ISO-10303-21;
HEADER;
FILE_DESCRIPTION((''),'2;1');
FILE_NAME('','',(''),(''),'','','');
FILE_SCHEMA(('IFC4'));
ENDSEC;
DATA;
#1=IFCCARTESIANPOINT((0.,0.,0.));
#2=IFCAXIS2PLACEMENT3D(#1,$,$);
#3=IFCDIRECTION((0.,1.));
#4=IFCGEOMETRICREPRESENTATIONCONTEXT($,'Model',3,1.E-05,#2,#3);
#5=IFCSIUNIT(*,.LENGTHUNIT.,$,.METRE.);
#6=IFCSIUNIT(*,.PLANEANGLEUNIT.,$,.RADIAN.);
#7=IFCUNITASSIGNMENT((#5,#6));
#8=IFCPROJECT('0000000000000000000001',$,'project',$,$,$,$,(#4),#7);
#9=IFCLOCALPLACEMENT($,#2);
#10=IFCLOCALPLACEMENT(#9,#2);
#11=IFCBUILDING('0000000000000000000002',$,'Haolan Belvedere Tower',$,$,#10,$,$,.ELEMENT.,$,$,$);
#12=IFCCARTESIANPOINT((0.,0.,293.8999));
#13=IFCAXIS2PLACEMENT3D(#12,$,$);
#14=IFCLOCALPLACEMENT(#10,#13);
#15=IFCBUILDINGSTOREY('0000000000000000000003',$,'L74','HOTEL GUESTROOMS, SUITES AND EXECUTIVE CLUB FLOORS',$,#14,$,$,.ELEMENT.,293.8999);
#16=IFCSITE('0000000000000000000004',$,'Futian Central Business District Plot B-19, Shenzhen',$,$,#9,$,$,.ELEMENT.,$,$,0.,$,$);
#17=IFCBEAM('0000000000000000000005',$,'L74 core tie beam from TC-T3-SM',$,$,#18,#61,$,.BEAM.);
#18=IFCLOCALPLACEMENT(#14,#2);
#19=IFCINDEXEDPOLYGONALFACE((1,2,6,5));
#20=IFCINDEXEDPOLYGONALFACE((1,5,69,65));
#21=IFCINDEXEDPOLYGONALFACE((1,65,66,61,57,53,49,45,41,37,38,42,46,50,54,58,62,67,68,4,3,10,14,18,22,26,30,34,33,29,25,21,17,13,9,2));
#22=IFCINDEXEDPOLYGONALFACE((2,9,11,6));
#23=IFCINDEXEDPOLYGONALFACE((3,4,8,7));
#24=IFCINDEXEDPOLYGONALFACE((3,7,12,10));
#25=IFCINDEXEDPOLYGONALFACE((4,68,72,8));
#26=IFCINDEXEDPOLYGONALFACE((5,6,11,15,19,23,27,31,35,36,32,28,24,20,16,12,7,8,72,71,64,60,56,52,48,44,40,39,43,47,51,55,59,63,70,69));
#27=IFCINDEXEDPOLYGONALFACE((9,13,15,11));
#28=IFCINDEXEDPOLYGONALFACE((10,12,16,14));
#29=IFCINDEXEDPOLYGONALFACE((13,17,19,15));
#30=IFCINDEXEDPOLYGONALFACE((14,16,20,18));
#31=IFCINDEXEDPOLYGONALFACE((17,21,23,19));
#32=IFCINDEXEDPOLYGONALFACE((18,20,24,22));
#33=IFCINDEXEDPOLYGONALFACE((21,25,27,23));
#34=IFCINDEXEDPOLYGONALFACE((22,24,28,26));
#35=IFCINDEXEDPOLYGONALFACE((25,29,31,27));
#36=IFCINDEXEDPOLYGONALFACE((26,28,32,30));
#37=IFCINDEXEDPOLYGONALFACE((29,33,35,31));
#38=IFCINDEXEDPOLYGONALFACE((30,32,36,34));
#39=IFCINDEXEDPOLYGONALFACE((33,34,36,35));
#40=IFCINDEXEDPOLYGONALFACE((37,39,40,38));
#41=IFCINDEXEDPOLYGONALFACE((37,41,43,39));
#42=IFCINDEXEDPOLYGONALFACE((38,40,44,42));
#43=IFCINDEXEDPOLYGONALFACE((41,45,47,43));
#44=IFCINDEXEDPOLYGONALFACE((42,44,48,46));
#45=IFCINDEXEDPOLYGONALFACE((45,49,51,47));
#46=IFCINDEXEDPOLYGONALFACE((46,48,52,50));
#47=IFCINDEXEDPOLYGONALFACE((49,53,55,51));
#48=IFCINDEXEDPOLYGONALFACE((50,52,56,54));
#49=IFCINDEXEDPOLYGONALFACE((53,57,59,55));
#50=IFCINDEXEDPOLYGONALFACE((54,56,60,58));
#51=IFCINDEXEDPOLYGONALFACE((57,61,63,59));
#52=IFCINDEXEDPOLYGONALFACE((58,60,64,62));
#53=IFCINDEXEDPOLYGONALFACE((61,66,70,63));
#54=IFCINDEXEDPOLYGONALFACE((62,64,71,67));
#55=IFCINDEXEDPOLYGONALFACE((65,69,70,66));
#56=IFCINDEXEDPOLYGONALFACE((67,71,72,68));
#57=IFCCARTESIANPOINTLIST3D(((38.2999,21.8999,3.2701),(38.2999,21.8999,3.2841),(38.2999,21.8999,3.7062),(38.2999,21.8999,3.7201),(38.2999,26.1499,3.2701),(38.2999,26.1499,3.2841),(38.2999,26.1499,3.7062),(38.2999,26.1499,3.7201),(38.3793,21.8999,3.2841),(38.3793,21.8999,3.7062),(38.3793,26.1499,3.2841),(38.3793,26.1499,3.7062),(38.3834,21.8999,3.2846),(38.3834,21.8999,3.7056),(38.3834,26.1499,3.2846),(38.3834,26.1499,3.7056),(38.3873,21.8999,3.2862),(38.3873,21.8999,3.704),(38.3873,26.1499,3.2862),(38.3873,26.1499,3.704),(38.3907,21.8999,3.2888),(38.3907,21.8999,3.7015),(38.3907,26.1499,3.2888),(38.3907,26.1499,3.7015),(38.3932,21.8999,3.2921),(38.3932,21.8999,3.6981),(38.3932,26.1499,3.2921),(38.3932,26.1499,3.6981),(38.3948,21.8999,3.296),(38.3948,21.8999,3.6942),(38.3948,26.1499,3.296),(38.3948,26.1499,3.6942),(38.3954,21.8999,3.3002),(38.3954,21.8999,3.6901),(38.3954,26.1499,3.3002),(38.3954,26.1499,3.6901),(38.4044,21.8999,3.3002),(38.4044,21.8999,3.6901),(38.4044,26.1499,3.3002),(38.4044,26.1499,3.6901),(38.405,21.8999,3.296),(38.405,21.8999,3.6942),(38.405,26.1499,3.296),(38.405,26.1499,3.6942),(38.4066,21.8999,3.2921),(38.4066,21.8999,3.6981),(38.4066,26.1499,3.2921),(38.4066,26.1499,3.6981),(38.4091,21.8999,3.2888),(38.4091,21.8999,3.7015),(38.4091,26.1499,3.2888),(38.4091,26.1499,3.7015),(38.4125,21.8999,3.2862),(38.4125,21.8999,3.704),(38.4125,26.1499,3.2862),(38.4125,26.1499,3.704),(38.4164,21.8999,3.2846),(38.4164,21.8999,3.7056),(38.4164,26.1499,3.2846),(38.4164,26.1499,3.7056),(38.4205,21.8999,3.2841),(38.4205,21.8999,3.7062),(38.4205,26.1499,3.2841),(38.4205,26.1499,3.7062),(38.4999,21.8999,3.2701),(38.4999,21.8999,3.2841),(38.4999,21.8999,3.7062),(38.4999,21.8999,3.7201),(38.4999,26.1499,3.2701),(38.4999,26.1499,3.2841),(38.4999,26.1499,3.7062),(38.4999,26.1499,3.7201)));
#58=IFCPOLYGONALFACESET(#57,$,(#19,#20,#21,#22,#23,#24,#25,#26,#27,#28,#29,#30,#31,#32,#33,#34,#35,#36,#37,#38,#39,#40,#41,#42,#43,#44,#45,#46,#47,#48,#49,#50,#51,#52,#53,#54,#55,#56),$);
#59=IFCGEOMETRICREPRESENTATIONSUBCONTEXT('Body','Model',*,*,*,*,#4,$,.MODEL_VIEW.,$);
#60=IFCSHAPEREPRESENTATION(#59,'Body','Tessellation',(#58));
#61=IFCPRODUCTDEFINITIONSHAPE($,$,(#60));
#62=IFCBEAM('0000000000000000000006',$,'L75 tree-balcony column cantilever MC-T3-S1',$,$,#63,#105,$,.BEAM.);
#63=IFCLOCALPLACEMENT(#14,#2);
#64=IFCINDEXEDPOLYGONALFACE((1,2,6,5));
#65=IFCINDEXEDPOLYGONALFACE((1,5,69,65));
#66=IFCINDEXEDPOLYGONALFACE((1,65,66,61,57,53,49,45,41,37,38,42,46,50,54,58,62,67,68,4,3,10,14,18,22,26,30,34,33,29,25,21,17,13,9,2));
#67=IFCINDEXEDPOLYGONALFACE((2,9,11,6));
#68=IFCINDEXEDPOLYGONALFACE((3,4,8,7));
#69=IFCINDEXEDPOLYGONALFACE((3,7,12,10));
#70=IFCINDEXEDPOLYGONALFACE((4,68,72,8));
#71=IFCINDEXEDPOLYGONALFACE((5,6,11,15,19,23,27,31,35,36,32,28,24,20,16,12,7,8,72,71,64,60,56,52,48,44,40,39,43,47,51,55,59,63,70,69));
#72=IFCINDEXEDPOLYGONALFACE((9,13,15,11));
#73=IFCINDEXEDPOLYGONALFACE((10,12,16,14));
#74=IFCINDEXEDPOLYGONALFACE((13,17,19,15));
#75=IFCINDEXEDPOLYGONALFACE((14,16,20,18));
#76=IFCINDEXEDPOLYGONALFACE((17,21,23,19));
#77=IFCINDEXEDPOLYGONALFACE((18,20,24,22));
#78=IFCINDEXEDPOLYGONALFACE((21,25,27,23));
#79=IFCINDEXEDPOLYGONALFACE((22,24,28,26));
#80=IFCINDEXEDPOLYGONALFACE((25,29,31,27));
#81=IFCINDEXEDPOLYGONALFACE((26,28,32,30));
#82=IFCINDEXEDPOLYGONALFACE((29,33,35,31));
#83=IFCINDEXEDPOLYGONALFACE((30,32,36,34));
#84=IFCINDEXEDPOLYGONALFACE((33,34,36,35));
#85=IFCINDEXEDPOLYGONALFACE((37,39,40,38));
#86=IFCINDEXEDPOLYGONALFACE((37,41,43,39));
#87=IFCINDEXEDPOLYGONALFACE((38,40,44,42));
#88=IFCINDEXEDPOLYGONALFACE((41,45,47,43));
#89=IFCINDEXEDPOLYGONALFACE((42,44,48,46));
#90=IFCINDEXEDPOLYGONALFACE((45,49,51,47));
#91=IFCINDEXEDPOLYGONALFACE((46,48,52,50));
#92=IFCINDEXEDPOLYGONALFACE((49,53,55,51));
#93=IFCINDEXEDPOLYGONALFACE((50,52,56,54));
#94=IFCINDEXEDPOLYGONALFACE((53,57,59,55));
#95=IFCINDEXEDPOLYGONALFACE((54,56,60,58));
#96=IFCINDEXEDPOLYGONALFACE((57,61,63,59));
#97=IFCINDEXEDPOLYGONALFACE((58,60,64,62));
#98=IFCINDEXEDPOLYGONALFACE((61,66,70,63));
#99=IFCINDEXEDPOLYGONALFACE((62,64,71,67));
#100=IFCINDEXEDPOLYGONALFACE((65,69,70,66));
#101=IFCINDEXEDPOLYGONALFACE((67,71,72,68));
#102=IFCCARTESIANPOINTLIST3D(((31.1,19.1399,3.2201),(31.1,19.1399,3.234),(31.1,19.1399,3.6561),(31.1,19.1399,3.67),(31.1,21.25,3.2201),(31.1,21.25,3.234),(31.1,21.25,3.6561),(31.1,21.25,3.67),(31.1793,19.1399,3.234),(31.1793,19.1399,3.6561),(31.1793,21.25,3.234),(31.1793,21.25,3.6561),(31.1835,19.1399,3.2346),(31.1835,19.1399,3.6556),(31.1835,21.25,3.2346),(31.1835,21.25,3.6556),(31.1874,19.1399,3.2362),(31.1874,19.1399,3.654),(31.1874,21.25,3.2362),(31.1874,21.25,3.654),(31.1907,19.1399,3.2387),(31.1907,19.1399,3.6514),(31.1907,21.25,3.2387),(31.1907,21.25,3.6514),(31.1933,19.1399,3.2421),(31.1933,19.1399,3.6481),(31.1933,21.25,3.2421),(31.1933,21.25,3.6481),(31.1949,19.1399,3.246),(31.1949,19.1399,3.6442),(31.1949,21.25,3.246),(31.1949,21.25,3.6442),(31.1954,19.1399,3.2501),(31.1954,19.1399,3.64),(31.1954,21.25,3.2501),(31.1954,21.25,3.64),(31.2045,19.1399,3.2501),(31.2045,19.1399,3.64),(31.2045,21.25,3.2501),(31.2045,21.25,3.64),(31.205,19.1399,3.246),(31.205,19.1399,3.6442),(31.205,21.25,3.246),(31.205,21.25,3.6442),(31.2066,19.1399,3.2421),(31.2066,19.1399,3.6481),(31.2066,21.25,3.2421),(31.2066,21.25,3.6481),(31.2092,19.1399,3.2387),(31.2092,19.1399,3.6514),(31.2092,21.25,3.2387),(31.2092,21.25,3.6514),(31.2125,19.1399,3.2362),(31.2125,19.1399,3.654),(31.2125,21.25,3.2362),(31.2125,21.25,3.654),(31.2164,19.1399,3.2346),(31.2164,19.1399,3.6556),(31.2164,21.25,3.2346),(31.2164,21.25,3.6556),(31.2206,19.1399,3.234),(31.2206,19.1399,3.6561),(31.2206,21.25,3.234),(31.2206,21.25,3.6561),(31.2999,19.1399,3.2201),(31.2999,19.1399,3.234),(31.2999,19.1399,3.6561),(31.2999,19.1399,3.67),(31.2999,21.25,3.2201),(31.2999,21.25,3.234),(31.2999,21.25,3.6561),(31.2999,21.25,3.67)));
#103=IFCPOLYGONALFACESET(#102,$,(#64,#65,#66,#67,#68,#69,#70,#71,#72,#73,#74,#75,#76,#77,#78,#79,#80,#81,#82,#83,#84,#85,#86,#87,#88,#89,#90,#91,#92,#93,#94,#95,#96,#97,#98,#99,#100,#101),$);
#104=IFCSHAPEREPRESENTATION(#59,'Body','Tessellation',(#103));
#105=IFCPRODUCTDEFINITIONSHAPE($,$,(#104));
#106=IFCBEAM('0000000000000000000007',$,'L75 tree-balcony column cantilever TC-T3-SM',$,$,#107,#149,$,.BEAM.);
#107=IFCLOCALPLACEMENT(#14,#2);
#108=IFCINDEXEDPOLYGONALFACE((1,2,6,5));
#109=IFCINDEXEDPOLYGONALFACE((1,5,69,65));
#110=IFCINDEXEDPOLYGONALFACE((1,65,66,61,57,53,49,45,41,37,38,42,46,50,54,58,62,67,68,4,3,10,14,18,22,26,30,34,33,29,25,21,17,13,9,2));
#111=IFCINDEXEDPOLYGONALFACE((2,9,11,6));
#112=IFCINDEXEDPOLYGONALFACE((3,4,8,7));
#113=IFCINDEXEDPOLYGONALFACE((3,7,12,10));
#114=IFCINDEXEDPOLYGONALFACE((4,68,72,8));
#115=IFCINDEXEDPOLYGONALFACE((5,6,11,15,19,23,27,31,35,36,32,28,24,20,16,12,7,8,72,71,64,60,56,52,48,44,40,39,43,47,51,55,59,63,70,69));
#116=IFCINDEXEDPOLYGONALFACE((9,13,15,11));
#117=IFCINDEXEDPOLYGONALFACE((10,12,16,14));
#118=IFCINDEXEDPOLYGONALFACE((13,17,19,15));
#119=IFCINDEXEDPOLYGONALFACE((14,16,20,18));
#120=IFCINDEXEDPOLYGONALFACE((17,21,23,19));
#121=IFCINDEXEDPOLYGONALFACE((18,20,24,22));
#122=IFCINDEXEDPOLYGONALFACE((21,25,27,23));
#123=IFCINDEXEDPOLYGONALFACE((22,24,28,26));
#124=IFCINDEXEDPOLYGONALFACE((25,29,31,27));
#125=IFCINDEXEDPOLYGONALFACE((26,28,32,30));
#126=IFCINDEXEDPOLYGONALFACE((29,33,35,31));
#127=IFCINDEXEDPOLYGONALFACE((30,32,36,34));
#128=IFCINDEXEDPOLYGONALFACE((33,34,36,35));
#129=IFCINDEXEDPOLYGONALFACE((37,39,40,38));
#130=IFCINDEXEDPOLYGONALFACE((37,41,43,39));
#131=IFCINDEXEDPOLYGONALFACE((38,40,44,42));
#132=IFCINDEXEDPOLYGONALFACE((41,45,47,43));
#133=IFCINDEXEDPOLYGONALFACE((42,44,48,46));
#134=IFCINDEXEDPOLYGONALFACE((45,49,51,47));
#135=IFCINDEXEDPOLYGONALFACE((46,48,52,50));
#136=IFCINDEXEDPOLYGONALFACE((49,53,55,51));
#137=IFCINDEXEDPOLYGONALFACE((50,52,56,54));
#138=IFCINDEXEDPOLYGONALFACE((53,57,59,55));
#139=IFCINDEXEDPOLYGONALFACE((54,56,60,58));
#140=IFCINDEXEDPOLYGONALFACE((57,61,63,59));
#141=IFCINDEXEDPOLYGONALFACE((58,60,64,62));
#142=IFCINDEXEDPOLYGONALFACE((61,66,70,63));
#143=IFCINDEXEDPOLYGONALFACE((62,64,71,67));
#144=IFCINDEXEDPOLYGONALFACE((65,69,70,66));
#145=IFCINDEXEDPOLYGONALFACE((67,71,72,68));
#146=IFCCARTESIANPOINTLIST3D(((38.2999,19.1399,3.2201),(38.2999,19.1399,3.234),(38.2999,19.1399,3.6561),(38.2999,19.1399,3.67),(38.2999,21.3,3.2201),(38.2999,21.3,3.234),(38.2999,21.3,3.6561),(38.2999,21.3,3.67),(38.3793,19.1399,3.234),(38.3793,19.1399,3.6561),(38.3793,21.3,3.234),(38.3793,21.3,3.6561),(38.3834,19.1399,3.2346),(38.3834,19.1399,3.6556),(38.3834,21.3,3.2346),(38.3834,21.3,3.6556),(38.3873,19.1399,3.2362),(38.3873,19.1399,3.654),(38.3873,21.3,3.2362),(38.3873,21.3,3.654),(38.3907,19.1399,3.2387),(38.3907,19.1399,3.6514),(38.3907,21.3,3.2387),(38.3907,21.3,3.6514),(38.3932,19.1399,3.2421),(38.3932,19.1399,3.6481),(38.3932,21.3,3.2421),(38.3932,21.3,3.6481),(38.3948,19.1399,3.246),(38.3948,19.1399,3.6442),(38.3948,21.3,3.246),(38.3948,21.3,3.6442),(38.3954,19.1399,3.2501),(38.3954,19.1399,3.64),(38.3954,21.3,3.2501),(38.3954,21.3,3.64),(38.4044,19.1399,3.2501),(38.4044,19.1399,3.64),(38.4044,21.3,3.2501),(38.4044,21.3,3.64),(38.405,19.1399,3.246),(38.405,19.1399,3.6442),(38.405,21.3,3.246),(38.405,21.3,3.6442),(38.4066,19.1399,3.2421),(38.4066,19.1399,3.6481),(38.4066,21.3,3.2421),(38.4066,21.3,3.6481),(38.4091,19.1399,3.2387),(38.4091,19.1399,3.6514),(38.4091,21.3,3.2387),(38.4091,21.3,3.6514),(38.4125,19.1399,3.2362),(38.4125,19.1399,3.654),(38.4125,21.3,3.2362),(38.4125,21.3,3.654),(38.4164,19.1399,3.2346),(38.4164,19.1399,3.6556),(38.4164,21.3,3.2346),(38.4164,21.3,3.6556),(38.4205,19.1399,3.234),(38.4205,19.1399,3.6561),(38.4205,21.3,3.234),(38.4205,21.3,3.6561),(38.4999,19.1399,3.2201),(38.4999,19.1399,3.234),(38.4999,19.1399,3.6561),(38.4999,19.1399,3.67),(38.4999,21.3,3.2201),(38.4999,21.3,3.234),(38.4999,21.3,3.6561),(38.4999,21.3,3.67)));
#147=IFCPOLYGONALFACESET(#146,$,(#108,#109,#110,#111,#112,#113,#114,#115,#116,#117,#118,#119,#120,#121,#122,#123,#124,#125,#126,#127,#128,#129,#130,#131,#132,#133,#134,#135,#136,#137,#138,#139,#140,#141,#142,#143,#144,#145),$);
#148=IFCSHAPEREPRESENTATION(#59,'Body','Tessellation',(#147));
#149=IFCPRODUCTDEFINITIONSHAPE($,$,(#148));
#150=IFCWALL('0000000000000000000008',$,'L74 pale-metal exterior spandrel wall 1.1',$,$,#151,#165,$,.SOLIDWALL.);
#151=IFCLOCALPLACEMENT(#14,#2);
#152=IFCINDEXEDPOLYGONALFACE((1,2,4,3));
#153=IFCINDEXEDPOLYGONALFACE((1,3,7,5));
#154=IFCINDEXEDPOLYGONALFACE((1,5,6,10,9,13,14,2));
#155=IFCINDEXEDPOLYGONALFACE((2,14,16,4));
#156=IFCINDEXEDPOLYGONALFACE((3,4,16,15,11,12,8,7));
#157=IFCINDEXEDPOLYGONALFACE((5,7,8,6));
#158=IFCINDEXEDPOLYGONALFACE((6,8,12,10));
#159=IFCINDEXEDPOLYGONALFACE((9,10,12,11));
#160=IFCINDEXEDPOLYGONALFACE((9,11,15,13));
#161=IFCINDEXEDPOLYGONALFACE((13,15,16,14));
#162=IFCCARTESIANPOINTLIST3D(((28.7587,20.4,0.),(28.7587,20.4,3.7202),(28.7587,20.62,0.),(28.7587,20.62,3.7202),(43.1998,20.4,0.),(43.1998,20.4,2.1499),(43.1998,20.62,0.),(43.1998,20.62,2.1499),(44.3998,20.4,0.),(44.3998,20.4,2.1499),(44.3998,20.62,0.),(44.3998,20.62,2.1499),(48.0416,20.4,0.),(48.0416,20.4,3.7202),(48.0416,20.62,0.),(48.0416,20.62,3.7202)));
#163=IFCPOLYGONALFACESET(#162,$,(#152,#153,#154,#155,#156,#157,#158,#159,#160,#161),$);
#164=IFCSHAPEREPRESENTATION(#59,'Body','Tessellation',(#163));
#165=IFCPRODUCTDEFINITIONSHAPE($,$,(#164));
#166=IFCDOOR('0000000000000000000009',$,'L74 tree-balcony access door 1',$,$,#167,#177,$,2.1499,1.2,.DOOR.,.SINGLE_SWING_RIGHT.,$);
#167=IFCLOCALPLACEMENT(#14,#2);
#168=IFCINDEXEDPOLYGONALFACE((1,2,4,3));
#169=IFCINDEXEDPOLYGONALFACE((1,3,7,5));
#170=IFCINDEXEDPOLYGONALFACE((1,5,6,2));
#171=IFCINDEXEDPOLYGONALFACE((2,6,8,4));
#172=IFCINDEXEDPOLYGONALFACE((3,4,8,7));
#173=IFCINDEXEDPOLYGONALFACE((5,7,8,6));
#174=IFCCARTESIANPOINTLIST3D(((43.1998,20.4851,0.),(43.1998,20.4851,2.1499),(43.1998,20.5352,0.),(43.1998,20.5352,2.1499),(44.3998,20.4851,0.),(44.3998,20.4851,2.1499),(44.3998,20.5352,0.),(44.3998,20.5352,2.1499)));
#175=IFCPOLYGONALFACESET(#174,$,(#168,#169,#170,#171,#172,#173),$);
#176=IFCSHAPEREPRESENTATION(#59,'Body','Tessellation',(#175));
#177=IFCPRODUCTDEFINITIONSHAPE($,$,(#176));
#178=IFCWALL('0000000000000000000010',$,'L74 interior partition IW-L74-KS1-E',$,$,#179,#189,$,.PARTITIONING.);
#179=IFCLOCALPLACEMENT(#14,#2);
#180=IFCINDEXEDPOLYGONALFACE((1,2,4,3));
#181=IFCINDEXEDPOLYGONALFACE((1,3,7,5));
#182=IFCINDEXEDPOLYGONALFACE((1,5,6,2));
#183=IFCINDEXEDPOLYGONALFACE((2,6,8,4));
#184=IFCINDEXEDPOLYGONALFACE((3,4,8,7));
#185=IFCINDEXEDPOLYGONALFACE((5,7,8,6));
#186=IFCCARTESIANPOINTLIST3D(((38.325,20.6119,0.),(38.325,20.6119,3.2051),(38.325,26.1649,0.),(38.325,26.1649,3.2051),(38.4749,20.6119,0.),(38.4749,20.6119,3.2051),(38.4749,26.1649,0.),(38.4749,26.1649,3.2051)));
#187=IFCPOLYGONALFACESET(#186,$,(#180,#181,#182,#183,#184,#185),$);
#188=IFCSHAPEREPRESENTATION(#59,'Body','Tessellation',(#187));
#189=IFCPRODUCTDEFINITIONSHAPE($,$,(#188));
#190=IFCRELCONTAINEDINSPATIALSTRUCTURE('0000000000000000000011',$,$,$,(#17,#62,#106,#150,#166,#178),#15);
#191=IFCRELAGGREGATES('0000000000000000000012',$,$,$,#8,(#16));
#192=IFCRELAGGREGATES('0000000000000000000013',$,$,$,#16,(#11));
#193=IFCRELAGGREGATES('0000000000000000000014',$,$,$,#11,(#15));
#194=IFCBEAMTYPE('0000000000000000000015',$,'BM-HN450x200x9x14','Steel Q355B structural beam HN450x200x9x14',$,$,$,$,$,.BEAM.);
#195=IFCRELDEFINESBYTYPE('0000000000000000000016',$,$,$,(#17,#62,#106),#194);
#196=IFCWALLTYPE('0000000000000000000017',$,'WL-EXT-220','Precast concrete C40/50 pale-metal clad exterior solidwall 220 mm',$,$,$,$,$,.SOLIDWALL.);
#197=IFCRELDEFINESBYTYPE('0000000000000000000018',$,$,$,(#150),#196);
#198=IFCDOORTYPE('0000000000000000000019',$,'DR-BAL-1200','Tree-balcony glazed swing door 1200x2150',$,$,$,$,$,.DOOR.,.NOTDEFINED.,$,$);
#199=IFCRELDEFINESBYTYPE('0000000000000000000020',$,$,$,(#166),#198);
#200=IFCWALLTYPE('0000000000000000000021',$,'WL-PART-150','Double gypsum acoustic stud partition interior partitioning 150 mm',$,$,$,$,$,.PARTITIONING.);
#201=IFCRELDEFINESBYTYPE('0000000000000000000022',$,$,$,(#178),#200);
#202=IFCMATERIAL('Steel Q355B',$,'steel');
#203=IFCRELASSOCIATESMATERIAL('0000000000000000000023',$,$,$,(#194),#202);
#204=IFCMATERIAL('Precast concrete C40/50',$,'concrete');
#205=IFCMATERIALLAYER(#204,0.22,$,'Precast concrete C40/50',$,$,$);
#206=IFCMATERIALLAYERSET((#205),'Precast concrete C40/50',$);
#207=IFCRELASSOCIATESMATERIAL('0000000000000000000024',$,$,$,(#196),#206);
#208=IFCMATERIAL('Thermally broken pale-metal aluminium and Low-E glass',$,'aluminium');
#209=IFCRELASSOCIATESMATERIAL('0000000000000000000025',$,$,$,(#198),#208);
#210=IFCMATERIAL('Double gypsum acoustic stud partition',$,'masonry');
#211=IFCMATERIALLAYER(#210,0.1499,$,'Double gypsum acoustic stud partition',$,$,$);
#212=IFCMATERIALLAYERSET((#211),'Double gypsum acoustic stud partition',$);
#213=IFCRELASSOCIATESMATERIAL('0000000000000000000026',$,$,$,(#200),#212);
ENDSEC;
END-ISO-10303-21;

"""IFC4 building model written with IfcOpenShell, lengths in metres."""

from ifc_helpers import new_model, si_unit, direction, frame, frame_2d, origin, origin_2d, place, context, subcontext, project, spatial, rectangle, i_section, extrude, material, layer, layer_set, material_profile, profile_set, type_object, element, fill, save


model = new_model("IFC4")

# Units and contexts
model_context = context("Model", 3, precision=1e-05, world=origin(), true_north=direction((0.0, 1.0)))
body_context = subcontext(model_context, "Body", "Model", "MODEL_VIEW")
ifc_project = project(units=[si_unit("LENGTHUNIT", "METRE"), si_unit("PLANEANGLEUNIT", "RADIAN")], contexts=[model_context])

# Site, building, storey
site_placement = place(None, origin())
site = spatial("IfcSite", under=ifc_project, at=site_placement, Name="Futian Central Business District Plot B-19, Shenzhen", CompositionType="ELEMENT", RefElevation=0.0)
building_placement = place(site_placement, origin())
building = spatial("IfcBuilding", under=site, at=building_placement, Name="Haolan Belvedere Tower", CompositionType="ELEMENT")
storey_placement = place(building_placement, frame((0.0, 0.0, 293.8999)))
storey = spatial("IfcBuildingStorey", under=building, at=storey_placement, Name="L74", Description="HOTEL GUESTROOMS, SUITES AND EXECUTIVE CLUB FLOORS", CompositionType="ELEMENT", Elevation=293.8999)

# Beams
ifc_material_1 = material(Name="Steel Q355B", Category="steel")
ifc_material_profile_1 = material_profile(ifc_material_1, i_section(OverallWidth=0.2, OverallDepth=0.45, WebThickness=0.009, FlangeThickness=0.0139, FilletRadius=0.0161, at=origin_2d()), Name="Steel Q355B")
ifc_profile_set_1 = profile_set([ifc_material_profile_1], Name="Steel Q355B")
beam_type_1 = type_object("IfcBeamType", Name="BM-HN450x200x9x14", Description="Steel Q355B structural beam HN450x200x9x14", PredefinedType="BEAM", material=ifc_profile_set_1)
beam_1_placement = place(storey_placement, frame((38.3999, 21.8999, 3.4951), z_axis=(0.0, 1.0, 0.0), x_axis=(-1.0, 0.0, 0.0)))
element("IfcBeam", 1, at=beam_1_placement, inside=storey, type_object=beam_type_1, Name="L74 core tie beam from TC-T3-SM", PredefinedType="BEAM", context=body_context, shape_type="SweptSolid", body=[
    extrude(i_section(OverallWidth=0.2, OverallDepth=0.45, WebThickness=0.009, FlangeThickness=0.0139, FilletRadius=0.0161, at=origin_2d()), origin(), (0.0, 0.0, 1.0), 4.25),
])
beam_2_placement = place(storey_placement, frame((31.2, 21.25, 3.4451), z_axis=(0.0, -1.0, 0.0), x_axis=(1.0, 0.0, 0.0)))
element("IfcBeam", 2, at=beam_2_placement, inside=storey, type_object=beam_type_1, Name="L75 tree-balcony column cantilever MC-T3-S1", PredefinedType="BEAM", context=body_context, shape_type="SweptSolid", body=[
    extrude(i_section(OverallWidth=0.2, OverallDepth=0.45, WebThickness=0.009, FlangeThickness=0.0139, FilletRadius=0.0161, at=origin_2d()), origin(), (0.0, 0.0, 1.0), 2.1101),
])
beam_3_placement = place(storey_placement, frame((38.3999, 21.3, 3.4451), z_axis=(0.0, -1.0, 0.0), x_axis=(1.0, 0.0, 0.0)))
element("IfcBeam", 3, at=beam_3_placement, inside=storey, type_object=beam_type_1, Name="L75 tree-balcony column cantilever TC-T3-SM", PredefinedType="BEAM", context=body_context, shape_type="SweptSolid", body=[
    extrude(i_section(OverallWidth=0.2, OverallDepth=0.45, WebThickness=0.009, FlangeThickness=0.0139, FilletRadius=0.0161, at=origin_2d()), origin(), (0.0, 0.0, 1.0), 2.1602),
])

# Wall, opening, door
ifc_material_2 = material(Name="Precast concrete C40/50", Category="concrete")
ifc_layer_1 = layer(ifc_material_2, 0.22, Name="Precast concrete C40/50")
ifc_layer_set_1 = layer_set([ifc_layer_1], Name="Precast concrete C40/50")
wall_type_1 = type_object("IfcWallType", Name="WL-EXT-220", Description="Precast concrete C40/50 pale-metal clad exterior solidwall 220 mm", PredefinedType="SOLIDWALL", material=ifc_layer_set_1)
wall_1_placement = place(storey_placement, frame((28.7585, 20.51, 0.0), z_axis=(0.0, 0.0, 1.0), x_axis=(1.0, 0.0, 0.0)))
wall_1 = element("IfcWall", 4, at=wall_1_placement, inside=storey, type_object=wall_type_1, Name="L74 pale-metal exterior spandrel wall 1.1", PredefinedType="SOLIDWALL", context=body_context, shape_type="SweptSolid", body=[
    extrude(rectangle(XDim=19.283, YDim=0.22, at=frame_2d((9.6416, 0.0))), origin(), (0.0, 0.0, 1.0), 3.7202),
])
opening_placement = place(wall_1_placement, frame((15.6414, 0.0, 0.0), z_axis=(0.0, 0.0, 1.0), x_axis=(-1.0, 0.0, 0.0)))
opening = element("IfcOpeningElement", 5, at=opening_placement, cuts=wall_1, PredefinedType="OPENING", context=body_context, shape_type="SweptSolid", body=[
    extrude(rectangle(XDim=1.2, YDim=2.1499, at=frame_2d((0.6001, 1.075))), frame((0.0, 0.1199, 0.0), z_axis=(0.0, -1.0, 0.0), x_axis=(1.0, 0.0, 0.0)), (0.0, 0.0, 1.0), 0.24),
])
ifc_material_3 = material(Name="Thermally broken pale-metal aluminium and Low-E glass", Category="aluminium")
door_type = type_object("IfcDoorType", Name="DR-BAL-1200", Description="Tree-balcony glazed swing door 1200x2150", OperationType="NOTDEFINED", PredefinedType="DOOR", material=ifc_material_3)
door_placement = place(opening_placement, origin())
door = element("IfcDoor", 6, at=door_placement, inside=storey, type_object=door_type, Name="L74 tree-balcony access door 1", OperationType="SINGLE_SWING_RIGHT", OverallHeight=2.1499, OverallWidth=1.2, PredefinedType="DOOR", context=body_context, shape_type="SweptSolid", body=[
    extrude(rectangle(XDim=1.2, YDim=2.1499, at=frame_2d((0.6001, 1.075))), frame((0.0, 0.0249, 0.0), z_axis=(0.0, -1.0, 0.0), x_axis=(1.0, 0.0, 0.0)), (0.0, 0.0, 1.0), 0.05),
])
fill(opening, door)

# Wall
ifc_material_4 = material(Name="Double gypsum acoustic stud partition", Category="masonry")
ifc_layer_2 = layer(ifc_material_4, 0.1499, Name="Double gypsum acoustic stud partition")
ifc_layer_set_2 = layer_set([ifc_layer_2], Name="Double gypsum acoustic stud partition")
wall_type_2 = type_object("IfcWallType", Name="WL-PART-150", Description="Double gypsum acoustic stud partition interior partitioning 150 mm", PredefinedType="PARTITIONING", material=ifc_layer_set_2)
wall_2_placement = place(storey_placement, frame((38.3999, 20.6121, 0.0), z_axis=(0.0, 0.0, 1.0), x_axis=(0.0, 1.0, 0.0)))
element("IfcWall", 7, at=wall_2_placement, inside=storey, type_object=wall_type_2, Name="L74 interior partition IW-L74-KS1-E", PredefinedType="PARTITIONING", context=body_context, shape_type="SweptSolid", body=[
    extrude(rectangle(XDim=5.553, YDim=0.1499, at=frame_2d((2.7764, 0.0))), origin(), (0.0, 0.0, 1.0), 3.2051),
])

save(model, "model.ifc")
